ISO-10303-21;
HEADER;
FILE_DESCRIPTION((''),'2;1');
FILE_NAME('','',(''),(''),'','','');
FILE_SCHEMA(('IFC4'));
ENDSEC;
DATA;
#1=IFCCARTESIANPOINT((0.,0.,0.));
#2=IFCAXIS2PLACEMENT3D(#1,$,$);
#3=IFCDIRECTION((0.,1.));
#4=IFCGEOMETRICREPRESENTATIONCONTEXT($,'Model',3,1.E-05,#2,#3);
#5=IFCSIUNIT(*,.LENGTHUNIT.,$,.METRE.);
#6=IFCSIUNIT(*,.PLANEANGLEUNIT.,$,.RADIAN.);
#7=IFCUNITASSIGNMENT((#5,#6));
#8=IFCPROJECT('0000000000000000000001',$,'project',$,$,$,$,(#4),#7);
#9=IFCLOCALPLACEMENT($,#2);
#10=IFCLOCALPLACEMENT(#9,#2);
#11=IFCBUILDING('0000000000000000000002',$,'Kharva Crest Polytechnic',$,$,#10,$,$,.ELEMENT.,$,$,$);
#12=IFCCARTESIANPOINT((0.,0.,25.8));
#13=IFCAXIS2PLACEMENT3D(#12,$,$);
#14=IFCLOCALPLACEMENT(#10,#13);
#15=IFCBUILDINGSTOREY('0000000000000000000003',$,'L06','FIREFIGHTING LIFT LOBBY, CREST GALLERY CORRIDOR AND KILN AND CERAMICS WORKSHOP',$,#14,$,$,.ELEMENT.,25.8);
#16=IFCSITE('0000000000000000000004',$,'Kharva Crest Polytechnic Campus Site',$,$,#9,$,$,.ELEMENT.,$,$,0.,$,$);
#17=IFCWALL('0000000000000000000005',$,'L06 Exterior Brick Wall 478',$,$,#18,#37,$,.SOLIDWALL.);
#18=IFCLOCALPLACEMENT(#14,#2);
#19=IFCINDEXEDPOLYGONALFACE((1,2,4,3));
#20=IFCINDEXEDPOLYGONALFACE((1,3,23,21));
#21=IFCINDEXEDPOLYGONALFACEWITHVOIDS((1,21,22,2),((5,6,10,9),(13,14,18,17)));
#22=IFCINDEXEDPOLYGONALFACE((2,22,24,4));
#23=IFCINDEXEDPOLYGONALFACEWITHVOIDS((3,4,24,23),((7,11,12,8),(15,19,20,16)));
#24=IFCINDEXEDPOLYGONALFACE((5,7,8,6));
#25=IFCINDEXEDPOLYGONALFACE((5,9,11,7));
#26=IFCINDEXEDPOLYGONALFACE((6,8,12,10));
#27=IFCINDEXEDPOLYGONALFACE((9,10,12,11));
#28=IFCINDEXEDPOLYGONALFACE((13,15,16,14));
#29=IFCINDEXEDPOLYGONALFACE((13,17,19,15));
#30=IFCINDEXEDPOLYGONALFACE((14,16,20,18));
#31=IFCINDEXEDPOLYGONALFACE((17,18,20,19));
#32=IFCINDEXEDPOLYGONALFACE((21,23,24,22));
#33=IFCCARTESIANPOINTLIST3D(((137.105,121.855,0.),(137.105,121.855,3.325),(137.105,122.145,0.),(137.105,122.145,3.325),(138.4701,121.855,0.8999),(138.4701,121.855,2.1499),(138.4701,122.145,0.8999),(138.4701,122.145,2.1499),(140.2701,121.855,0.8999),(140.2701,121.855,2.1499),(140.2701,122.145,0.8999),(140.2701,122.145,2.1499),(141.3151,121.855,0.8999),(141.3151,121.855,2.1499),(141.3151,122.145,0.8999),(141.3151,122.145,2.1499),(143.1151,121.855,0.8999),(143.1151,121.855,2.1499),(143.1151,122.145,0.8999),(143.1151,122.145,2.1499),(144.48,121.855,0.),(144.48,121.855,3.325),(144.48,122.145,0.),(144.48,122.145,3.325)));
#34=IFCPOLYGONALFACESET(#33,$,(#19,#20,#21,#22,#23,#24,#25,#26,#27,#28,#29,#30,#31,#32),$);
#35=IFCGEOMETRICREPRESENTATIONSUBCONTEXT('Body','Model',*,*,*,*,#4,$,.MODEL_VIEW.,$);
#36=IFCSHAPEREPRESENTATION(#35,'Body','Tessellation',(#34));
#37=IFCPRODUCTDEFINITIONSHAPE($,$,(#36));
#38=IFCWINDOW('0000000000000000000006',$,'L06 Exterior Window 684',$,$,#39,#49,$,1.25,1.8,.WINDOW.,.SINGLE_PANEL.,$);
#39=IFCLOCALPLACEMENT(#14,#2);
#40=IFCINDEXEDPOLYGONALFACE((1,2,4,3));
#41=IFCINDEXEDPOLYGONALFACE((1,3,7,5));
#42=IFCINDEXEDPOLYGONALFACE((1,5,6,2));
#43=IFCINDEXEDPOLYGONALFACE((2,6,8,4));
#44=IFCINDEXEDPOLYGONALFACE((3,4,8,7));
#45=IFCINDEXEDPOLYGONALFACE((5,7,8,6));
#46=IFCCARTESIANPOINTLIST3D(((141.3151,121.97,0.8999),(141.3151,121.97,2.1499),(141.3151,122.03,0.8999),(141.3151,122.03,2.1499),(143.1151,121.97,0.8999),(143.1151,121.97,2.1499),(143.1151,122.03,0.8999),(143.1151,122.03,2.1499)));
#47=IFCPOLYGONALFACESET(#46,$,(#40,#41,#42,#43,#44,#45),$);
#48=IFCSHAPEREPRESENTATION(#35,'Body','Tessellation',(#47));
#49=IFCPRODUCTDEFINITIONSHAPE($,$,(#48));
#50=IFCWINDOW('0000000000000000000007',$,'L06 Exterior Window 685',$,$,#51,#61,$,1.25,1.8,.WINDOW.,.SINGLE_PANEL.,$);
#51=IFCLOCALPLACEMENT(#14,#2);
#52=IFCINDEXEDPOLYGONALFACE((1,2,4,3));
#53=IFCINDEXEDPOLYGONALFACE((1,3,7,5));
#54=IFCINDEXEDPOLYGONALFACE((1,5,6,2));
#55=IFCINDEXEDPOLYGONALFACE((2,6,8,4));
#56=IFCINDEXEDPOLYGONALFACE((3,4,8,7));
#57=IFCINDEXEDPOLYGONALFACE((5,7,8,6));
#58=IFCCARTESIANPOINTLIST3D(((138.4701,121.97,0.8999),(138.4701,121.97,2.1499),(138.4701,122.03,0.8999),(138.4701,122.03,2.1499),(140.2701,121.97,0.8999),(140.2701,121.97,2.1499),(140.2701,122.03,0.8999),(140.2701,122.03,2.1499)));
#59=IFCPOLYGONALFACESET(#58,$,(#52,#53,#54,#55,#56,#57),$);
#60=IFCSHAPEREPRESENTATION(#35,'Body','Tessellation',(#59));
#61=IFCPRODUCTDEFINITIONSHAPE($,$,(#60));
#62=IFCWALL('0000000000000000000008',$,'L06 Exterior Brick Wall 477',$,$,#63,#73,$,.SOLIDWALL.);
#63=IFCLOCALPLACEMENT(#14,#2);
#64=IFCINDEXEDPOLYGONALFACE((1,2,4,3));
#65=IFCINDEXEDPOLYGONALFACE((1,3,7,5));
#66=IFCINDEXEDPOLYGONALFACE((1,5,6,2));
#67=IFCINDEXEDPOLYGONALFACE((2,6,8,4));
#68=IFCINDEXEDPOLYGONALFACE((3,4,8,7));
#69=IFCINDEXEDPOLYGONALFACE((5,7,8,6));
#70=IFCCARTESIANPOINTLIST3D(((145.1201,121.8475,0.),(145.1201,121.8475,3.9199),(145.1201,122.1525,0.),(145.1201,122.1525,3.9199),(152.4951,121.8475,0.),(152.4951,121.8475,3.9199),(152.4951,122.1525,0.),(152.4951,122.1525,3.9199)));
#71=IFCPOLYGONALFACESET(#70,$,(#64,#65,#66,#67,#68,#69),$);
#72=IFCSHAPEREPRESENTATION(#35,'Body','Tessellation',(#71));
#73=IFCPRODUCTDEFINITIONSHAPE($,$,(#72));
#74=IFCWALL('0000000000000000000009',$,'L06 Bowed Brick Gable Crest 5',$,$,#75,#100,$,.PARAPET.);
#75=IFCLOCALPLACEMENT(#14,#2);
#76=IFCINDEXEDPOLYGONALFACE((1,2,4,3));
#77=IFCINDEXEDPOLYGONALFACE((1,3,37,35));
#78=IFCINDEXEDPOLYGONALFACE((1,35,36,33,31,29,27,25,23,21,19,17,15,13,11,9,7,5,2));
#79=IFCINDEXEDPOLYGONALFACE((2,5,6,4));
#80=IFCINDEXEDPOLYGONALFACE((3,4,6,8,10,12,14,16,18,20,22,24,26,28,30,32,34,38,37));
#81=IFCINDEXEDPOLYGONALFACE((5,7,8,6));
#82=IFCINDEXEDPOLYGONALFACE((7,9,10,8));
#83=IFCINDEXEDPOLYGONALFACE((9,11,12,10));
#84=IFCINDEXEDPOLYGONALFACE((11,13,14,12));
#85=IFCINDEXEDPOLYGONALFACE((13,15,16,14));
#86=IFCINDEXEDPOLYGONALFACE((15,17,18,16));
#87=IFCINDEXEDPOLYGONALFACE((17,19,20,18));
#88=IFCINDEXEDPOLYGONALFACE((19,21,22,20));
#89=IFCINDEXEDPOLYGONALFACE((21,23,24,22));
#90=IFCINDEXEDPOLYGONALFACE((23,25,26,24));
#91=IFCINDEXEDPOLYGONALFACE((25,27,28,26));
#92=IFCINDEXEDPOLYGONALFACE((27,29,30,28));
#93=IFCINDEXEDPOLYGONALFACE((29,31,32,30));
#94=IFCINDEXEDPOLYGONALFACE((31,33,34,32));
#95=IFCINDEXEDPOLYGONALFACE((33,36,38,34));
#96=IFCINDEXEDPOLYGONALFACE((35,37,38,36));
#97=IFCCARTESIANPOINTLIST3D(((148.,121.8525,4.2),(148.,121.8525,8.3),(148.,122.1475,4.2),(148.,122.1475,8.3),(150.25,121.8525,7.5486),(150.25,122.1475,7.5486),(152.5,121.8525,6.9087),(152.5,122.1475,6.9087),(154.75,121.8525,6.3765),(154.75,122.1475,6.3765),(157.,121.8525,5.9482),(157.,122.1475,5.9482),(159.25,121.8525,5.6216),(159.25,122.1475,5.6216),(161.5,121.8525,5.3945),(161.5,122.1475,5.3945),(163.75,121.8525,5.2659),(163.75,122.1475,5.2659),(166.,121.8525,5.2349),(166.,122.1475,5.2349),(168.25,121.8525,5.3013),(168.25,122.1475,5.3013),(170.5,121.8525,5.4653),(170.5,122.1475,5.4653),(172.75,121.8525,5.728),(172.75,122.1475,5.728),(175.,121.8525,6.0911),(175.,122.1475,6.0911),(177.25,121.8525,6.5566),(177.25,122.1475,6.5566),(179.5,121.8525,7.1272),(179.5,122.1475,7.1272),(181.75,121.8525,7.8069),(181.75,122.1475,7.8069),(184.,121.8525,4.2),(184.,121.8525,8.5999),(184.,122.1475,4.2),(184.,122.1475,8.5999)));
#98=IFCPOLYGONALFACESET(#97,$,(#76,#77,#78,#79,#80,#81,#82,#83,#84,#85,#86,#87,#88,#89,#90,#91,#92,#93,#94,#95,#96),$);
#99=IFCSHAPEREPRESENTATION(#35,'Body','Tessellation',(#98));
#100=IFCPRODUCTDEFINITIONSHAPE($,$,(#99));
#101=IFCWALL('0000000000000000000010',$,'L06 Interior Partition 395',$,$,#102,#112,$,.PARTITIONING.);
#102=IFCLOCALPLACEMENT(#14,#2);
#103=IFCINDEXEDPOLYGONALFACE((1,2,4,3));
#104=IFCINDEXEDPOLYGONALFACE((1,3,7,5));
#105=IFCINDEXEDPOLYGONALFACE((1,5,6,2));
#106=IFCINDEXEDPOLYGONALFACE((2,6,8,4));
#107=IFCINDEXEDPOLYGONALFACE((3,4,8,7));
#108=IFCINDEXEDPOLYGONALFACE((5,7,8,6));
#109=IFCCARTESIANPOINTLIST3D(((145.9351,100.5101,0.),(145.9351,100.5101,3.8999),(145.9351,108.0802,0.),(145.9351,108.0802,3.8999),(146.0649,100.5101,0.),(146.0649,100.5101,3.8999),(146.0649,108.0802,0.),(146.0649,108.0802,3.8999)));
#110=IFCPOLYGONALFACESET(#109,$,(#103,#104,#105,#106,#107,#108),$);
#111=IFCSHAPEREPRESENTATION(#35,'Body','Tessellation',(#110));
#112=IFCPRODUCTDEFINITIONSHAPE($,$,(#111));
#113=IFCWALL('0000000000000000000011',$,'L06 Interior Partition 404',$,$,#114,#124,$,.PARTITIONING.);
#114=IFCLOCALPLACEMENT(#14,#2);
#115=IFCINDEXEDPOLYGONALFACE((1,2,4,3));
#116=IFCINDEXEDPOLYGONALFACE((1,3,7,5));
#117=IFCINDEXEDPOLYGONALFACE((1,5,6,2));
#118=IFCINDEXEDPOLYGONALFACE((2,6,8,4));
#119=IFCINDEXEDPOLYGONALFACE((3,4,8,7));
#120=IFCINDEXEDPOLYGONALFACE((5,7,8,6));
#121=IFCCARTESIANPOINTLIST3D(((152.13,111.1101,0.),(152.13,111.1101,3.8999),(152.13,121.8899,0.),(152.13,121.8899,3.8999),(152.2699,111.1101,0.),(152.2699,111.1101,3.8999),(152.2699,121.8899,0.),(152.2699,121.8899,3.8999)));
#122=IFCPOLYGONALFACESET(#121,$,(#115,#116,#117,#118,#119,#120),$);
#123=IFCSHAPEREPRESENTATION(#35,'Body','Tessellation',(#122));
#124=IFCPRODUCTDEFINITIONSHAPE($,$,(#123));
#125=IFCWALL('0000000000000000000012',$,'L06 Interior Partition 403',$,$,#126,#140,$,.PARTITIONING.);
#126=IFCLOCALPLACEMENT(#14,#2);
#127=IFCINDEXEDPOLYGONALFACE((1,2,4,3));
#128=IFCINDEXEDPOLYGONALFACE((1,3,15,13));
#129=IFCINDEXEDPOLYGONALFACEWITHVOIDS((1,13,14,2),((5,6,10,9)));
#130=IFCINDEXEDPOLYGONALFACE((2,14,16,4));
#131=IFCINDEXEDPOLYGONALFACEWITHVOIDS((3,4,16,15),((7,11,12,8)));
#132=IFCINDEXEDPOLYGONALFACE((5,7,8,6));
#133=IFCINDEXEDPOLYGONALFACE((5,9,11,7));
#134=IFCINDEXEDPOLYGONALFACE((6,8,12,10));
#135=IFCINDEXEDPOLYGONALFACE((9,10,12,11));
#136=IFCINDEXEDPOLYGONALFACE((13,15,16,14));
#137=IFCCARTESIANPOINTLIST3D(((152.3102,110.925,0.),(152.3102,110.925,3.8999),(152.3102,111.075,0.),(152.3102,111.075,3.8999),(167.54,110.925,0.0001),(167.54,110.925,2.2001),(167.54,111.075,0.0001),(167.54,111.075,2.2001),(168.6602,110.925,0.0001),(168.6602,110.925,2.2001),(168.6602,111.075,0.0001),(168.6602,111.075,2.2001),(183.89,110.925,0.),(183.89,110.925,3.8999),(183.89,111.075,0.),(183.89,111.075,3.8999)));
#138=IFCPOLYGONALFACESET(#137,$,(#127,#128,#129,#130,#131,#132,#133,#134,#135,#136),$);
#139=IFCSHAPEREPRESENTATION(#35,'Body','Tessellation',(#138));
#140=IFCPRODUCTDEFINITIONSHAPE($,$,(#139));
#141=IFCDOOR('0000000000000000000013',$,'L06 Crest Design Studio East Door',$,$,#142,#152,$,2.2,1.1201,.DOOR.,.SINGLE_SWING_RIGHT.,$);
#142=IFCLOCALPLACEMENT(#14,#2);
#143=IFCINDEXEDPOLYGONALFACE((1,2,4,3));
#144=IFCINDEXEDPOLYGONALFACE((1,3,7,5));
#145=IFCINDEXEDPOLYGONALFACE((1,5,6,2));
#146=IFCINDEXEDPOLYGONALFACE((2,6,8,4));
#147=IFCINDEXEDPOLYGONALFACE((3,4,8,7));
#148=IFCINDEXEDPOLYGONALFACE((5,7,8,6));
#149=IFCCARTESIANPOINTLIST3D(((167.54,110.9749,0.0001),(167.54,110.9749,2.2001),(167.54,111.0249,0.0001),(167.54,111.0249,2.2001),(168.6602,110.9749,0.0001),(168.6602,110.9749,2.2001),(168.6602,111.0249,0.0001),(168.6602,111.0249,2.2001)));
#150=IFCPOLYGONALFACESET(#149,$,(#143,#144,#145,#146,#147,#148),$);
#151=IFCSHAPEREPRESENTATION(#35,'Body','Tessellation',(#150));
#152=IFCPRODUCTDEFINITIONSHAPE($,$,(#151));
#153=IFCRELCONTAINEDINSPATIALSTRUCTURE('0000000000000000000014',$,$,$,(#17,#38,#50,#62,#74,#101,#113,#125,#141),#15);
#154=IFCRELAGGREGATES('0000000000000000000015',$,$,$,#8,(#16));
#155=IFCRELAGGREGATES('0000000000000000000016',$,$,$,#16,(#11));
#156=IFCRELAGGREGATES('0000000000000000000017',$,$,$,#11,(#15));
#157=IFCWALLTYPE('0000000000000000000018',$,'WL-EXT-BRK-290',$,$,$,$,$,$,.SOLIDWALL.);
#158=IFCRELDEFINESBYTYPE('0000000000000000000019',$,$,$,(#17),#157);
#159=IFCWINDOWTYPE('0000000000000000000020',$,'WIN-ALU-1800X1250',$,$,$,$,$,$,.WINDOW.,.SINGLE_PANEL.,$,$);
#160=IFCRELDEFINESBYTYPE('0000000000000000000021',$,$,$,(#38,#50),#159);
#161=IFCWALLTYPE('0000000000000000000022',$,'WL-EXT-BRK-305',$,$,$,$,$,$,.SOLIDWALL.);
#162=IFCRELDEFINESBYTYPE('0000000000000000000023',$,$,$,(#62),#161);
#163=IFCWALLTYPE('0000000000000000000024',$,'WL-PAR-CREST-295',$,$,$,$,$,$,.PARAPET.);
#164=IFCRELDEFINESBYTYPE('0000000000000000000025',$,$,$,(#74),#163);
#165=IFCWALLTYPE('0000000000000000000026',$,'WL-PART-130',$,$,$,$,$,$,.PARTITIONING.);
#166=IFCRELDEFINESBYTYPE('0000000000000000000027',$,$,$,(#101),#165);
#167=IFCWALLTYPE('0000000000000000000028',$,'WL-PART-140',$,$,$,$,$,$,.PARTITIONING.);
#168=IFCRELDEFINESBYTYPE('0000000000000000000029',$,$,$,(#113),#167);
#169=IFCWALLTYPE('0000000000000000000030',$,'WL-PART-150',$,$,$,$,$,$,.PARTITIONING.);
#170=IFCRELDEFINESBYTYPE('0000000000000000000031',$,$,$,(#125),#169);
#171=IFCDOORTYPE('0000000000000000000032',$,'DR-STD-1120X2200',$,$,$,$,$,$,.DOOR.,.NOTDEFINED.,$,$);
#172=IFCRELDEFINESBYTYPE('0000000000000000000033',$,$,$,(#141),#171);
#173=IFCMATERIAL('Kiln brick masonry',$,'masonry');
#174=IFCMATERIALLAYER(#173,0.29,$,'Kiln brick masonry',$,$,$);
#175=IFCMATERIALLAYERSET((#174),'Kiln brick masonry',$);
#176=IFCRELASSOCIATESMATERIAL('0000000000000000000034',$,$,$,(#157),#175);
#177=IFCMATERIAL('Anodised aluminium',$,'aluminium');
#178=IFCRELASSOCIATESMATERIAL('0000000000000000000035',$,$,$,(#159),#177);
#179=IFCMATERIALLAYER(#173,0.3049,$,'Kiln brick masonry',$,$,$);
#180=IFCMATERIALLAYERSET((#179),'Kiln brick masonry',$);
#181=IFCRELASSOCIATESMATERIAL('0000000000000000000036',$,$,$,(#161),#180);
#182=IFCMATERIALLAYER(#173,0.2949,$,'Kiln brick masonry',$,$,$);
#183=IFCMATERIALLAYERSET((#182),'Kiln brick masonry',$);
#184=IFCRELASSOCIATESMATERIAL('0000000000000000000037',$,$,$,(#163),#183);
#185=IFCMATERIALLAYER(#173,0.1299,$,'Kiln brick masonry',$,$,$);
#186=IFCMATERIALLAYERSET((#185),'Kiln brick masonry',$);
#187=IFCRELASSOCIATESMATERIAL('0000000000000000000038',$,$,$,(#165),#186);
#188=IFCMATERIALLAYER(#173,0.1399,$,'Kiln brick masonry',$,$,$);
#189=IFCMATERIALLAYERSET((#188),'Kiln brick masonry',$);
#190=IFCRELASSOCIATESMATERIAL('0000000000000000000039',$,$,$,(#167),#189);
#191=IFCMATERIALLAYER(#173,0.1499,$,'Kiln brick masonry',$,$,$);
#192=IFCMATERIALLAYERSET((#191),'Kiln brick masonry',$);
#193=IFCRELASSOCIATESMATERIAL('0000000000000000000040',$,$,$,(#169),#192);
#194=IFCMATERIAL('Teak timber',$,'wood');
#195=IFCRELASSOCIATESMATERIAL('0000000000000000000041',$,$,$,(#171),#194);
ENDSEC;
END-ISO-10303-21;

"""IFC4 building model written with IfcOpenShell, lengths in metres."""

from ifc_helpers import new_model, si_unit, direction, frame, frame_2d, origin, place, context, subcontext, project, spatial, polyline, rectangle, outline, extrude, material, layer, layer_set, type_object, element, fill, save


model = new_model("IFC4")

# Units and contexts
model_context = context("Model", 3, precision=1e-05, world=origin(), true_north=direction((0.0, 1.0)))
body_context = subcontext(model_context, "Body", "Model", "MODEL_VIEW")
ifc_project = project(units=[si_unit("LENGTHUNIT", "METRE"), si_unit("PLANEANGLEUNIT", "RADIAN")], contexts=[model_context])

# Site, building, storey
site_placement = place(None, origin())
site = spatial("IfcSite", under=ifc_project, at=site_placement, Name="Kharva Crest Polytechnic Campus Site", CompositionType="ELEMENT", RefElevation=0.0)
building_placement = place(site_placement, origin())
building = spatial("IfcBuilding", under=site, at=building_placement, Name="Kharva Crest Polytechnic", CompositionType="ELEMENT")
storey_placement = place(building_placement, frame((0.0, 0.0, 25.8)))
storey = spatial("IfcBuildingStorey", under=building, at=storey_placement, Name="L06", Description="FIREFIGHTING LIFT LOBBY, CREST GALLERY CORRIDOR AND KILN AND CERAMICS WORKSHOP", CompositionType="ELEMENT", Elevation=25.8)

# Shared definitions
ifc_material_1 = material(Name="Kiln brick masonry", Category="masonry")
ifc_material_2 = material(Name="Anodised aluminium", Category="aluminium")

# Wall, openings, windows
ifc_layer_1 = layer(ifc_material_1, 0.29, Name="Kiln brick masonry")
ifc_layer_set_1 = layer_set([ifc_layer_1], Name="Kiln brick masonry")
wall_type_1 = type_object("IfcWallType", Name="WL-EXT-BRK-290", PredefinedType="SOLIDWALL", material=ifc_layer_set_1)
wall_1_placement = place(storey_placement, frame((144.48, 122.0, 0.0), z_axis=(0.0, 0.0, 1.0), x_axis=(-1.0, 0.0, 0.0)))
wall_1 = element("IfcWall", 1, at=wall_1_placement, inside=storey, type_object=wall_type_1, Name="L06 Exterior Brick Wall 478", PredefinedType="SOLIDWALL", context=body_context, shape_type="SweptSolid", body=[
    extrude(rectangle(XDim=7.375, YDim=0.29, at=frame_2d((3.6875, 0.0))), origin(), (0.0, 0.0, 1.0), 3.325),
])
opening_1_placement = place(wall_1_placement, frame((1.365, 0.0, 0.8999)))
opening_1 = element("IfcOpeningElement", 2, at=opening_1_placement, cuts=wall_1, PredefinedType="OPENING", context=body_context, shape_type="SweptSolid", body=[
    extrude(rectangle(XDim=1.8, YDim=1.25, at=frame_2d((0.8999, 0.625))), frame((0.0, 0.155, 0.0), z_axis=(0.0, -1.0, 0.0), x_axis=(1.0, 0.0, 0.0)), (0.0, 0.0, 1.0), 0.3101),
])
opening_2_placement = place(wall_1_placement, frame((4.21, 0.0, 0.8999)))
opening_2 = element("IfcOpeningElement", 3, at=opening_2_placement, cuts=wall_1, PredefinedType="OPENING", context=body_context, shape_type="SweptSolid", body=[
    extrude(rectangle(XDim=1.8, YDim=1.25, at=frame_2d((0.8999, 0.625))), frame((0.0, 0.155, 0.0), z_axis=(0.0, -1.0, 0.0), x_axis=(1.0, 0.0, 0.0)), (0.0, 0.0, 1.0), 0.3101),
])
window_type_1 = type_object("IfcWindowType", Name="WIN-ALU-1800X1250", PartitioningType="SINGLE_PANEL", PredefinedType="WINDOW", material=ifc_material_2)
window_1_placement = place(opening_1_placement, origin())
window_1 = element("IfcWindow", 4, at=window_1_placement, inside=storey, type_object=window_type_1, Name="L06 Exterior Window 684", OverallHeight=1.25, OverallWidth=1.8, PartitioningType="SINGLE_PANEL", PredefinedType="WINDOW", context=body_context, shape_type="SweptSolid", body=[
    extrude(rectangle(XDim=1.8, YDim=1.25, at=frame_2d((0.8999, 0.625))), frame((0.0, 0.03, 0.0), z_axis=(0.0, -1.0, 0.0), x_axis=(1.0, 0.0, 0.0)), (0.0, 0.0, 1.0), 0.0601),
])
fill(opening_1, window_1)
window_2_placement = place(opening_2_placement, origin())
window_2 = element("IfcWindow", 5, at=window_2_placement, inside=storey, type_object=window_type_1, Name="L06 Exterior Window 685", OverallHeight=1.25, OverallWidth=1.8, PartitioningType="SINGLE_PANEL", PredefinedType="WINDOW", context=body_context, shape_type="SweptSolid", body=[
    extrude(rectangle(XDim=1.8, YDim=1.25, at=frame_2d((0.8999, 0.625))), frame((0.0, 0.03, 0.0), z_axis=(0.0, -1.0, 0.0), x_axis=(1.0, 0.0, 0.0)), (0.0, 0.0, 1.0), 0.0601),
])
fill(opening_2, window_2)

# Walls
ifc_layer_2 = layer(ifc_material_1, 0.3049, Name="Kiln brick masonry")
ifc_layer_set_2 = layer_set([ifc_layer_2], Name="Kiln brick masonry")
wall_type_2 = type_object("IfcWallType", Name="WL-EXT-BRK-305", PredefinedType="SOLIDWALL", material=ifc_layer_set_2)
wall_2_placement = place(storey_placement, frame((152.4951, 122.0, 0.0), z_axis=(0.0, 0.0, 1.0), x_axis=(-1.0, 0.0, 0.0)))
element("IfcWall", 6, at=wall_2_placement, inside=storey, type_object=wall_type_2, Name="L06 Exterior Brick Wall 477", PredefinedType="SOLIDWALL", context=body_context, shape_type="SweptSolid", body=[
    extrude(rectangle(XDim=7.375, YDim=0.3049, at=frame_2d((3.6875, 0.0))), origin(), (0.0, 0.0, 1.0), 3.9199),
])
ifc_layer_3 = layer(ifc_material_1, 0.2949, Name="Kiln brick masonry")
ifc_layer_set_3 = layer_set([ifc_layer_3], Name="Kiln brick masonry")
wall_type_3 = type_object("IfcWallType", Name="WL-PAR-CREST-295", PredefinedType="PARAPET", material=ifc_layer_set_3)
wall_3_placement = place(storey_placement, frame((148.0, 122.0, 4.2), z_axis=(0.0, 0.0, 1.0), x_axis=(1.0, 0.0, 0.0)))
element("IfcWall", 7, at=wall_3_placement, inside=storey, type_object=wall_type_3, Name="L06 Bowed Brick Gable Crest 5", PredefinedType="PARAPET", context=body_context, shape_type="SweptSolid", body=[
    extrude(outline(polyline([(0.0, 0.0), (36.0, 0.0), (36.0, 4.3999), (33.75, 3.6069), (31.5, 2.9272), (29.25, 2.3567), (27.0, 1.8911), (24.75, 1.5281), (22.5, 1.2654), (20.25, 1.1013), (18.0, 1.0349), (15.75, 1.0659), (13.5, 1.1946), (11.25, 1.4216), (9.0, 1.7483), (6.75, 2.1765), (4.5, 2.7087), (2.25, 3.3486), (0.0, 4.1001), (0.0, 0.0)])), frame((0.0, 0.1475, 0.0), z_axis=(0.0, -1.0, 0.0), x_axis=(1.0, 0.0, 0.0)), (0.0, 0.0, 1.0), 0.2949),
])
ifc_layer_4 = layer(ifc_material_1, 0.1299, Name="Kiln brick masonry")
ifc_layer_set_4 = layer_set([ifc_layer_4], Name="Kiln brick masonry")
wall_type_4 = type_object("IfcWallType", Name="WL-PART-130", PredefinedType="PARTITIONING", material=ifc_layer_set_4)
wall_4_placement = place(storey_placement, frame((146.0, 100.51, 0.0), z_axis=(0.0, 0.0, 1.0), x_axis=(0.0, 1.0, 0.0)))
element("IfcWall", 8, at=wall_4_placement, inside=storey, type_object=wall_type_4, Name="L06 Interior Partition 395", PredefinedType="PARTITIONING", context=body_context, shape_type="SweptSolid", body=[
    extrude(rectangle(XDim=7.5701, YDim=0.1299, at=frame_2d((3.7852, 0.0))), origin(), (0.0, 0.0, 1.0), 3.8999),
])
ifc_layer_5 = layer(ifc_material_1, 0.1399, Name="Kiln brick masonry")
ifc_layer_set_5 = layer_set([ifc_layer_5], Name="Kiln brick masonry")
wall_type_5 = type_object("IfcWallType", Name="WL-PART-140", PredefinedType="PARTITIONING", material=ifc_layer_set_5)
wall_5_placement = place(storey_placement, frame((152.2, 111.1101, 0.0), z_axis=(0.0, 0.0, 1.0), x_axis=(0.0, 1.0, 0.0)))
element("IfcWall", 9, at=wall_5_placement, inside=storey, type_object=wall_type_5, Name="L06 Interior Partition 404", PredefinedType="PARTITIONING", context=body_context, shape_type="SweptSolid", body=[
    extrude(rectangle(XDim=10.7798, YDim=0.1399, at=frame_2d((5.3899, 0.0))), origin(), (0.0, 0.0, 1.0), 3.8999),
])

# Wall, opening, door
ifc_layer_6 = layer(ifc_material_1, 0.1499, Name="Kiln brick masonry")
ifc_layer_set_6 = layer_set([ifc_layer_6], Name="Kiln brick masonry")
wall_type_6 = type_object("IfcWallType", Name="WL-PART-150", PredefinedType="PARTITIONING", material=ifc_layer_set_6)
wall_6_placement = place(storey_placement, frame((152.3101, 111.0, 0.0), z_axis=(0.0, 0.0, 1.0), x_axis=(1.0, 0.0, 0.0)))
wall_6 = element("IfcWall", 10, at=wall_6_placement, inside=storey, type_object=wall_type_6, Name="L06 Interior Partition 403", PredefinedType="PARTITIONING", context=body_context, shape_type="SweptSolid", body=[
    extrude(rectangle(XDim=31.5798, YDim=0.1499, at=frame_2d((15.79, 0.0))), origin(), (0.0, 0.0, 1.0), 3.8999),
])
opening_3_placement = place(wall_6_placement, frame((15.23, 0.0, 0.0)))
opening_3 = element("IfcOpeningElement", 11, at=opening_3_placement, cuts=wall_6, PredefinedType="OPENING", context=body_context, shape_type="SweptSolid", body=[
    extrude(rectangle(XDim=1.1201, YDim=2.2, at=frame_2d((0.5601, 1.1001))), frame((0.0, 0.085, 0.0), z_axis=(0.0, -1.0, 0.0), x_axis=(1.0, 0.0, 0.0)), (0.0, 0.0, 1.0), 0.1699),
])
ifc_material_3 = material(Name="Teak timber", Category="wood")
door_type_1 = type_object("IfcDoorType", Name="DR-STD-1120X2200", OperationType="NOTDEFINED", PredefinedType="DOOR", material=ifc_material_3)
door_1_placement = place(opening_3_placement, origin())
door_1 = element("IfcDoor", 12, at=door_1_placement, inside=storey, type_object=door_type_1, Name="L06 Crest Design Studio East Door", OperationType="SINGLE_SWING_RIGHT", OverallHeight=2.2, OverallWidth=1.1201, PredefinedType="DOOR", context=body_context, shape_type="SweptSolid", body=[
    extrude(rectangle(XDim=1.1201, YDim=2.2, at=frame_2d((0.5601, 1.1001))), frame((0.0, 0.0249, 0.0), z_axis=(0.0, -1.0, 0.0), x_axis=(1.0, 0.0, 0.0)), (0.0, 0.0, 1.0), 0.05),
])
fill(opening_3, door_1)

save(model, "model.ifc")
